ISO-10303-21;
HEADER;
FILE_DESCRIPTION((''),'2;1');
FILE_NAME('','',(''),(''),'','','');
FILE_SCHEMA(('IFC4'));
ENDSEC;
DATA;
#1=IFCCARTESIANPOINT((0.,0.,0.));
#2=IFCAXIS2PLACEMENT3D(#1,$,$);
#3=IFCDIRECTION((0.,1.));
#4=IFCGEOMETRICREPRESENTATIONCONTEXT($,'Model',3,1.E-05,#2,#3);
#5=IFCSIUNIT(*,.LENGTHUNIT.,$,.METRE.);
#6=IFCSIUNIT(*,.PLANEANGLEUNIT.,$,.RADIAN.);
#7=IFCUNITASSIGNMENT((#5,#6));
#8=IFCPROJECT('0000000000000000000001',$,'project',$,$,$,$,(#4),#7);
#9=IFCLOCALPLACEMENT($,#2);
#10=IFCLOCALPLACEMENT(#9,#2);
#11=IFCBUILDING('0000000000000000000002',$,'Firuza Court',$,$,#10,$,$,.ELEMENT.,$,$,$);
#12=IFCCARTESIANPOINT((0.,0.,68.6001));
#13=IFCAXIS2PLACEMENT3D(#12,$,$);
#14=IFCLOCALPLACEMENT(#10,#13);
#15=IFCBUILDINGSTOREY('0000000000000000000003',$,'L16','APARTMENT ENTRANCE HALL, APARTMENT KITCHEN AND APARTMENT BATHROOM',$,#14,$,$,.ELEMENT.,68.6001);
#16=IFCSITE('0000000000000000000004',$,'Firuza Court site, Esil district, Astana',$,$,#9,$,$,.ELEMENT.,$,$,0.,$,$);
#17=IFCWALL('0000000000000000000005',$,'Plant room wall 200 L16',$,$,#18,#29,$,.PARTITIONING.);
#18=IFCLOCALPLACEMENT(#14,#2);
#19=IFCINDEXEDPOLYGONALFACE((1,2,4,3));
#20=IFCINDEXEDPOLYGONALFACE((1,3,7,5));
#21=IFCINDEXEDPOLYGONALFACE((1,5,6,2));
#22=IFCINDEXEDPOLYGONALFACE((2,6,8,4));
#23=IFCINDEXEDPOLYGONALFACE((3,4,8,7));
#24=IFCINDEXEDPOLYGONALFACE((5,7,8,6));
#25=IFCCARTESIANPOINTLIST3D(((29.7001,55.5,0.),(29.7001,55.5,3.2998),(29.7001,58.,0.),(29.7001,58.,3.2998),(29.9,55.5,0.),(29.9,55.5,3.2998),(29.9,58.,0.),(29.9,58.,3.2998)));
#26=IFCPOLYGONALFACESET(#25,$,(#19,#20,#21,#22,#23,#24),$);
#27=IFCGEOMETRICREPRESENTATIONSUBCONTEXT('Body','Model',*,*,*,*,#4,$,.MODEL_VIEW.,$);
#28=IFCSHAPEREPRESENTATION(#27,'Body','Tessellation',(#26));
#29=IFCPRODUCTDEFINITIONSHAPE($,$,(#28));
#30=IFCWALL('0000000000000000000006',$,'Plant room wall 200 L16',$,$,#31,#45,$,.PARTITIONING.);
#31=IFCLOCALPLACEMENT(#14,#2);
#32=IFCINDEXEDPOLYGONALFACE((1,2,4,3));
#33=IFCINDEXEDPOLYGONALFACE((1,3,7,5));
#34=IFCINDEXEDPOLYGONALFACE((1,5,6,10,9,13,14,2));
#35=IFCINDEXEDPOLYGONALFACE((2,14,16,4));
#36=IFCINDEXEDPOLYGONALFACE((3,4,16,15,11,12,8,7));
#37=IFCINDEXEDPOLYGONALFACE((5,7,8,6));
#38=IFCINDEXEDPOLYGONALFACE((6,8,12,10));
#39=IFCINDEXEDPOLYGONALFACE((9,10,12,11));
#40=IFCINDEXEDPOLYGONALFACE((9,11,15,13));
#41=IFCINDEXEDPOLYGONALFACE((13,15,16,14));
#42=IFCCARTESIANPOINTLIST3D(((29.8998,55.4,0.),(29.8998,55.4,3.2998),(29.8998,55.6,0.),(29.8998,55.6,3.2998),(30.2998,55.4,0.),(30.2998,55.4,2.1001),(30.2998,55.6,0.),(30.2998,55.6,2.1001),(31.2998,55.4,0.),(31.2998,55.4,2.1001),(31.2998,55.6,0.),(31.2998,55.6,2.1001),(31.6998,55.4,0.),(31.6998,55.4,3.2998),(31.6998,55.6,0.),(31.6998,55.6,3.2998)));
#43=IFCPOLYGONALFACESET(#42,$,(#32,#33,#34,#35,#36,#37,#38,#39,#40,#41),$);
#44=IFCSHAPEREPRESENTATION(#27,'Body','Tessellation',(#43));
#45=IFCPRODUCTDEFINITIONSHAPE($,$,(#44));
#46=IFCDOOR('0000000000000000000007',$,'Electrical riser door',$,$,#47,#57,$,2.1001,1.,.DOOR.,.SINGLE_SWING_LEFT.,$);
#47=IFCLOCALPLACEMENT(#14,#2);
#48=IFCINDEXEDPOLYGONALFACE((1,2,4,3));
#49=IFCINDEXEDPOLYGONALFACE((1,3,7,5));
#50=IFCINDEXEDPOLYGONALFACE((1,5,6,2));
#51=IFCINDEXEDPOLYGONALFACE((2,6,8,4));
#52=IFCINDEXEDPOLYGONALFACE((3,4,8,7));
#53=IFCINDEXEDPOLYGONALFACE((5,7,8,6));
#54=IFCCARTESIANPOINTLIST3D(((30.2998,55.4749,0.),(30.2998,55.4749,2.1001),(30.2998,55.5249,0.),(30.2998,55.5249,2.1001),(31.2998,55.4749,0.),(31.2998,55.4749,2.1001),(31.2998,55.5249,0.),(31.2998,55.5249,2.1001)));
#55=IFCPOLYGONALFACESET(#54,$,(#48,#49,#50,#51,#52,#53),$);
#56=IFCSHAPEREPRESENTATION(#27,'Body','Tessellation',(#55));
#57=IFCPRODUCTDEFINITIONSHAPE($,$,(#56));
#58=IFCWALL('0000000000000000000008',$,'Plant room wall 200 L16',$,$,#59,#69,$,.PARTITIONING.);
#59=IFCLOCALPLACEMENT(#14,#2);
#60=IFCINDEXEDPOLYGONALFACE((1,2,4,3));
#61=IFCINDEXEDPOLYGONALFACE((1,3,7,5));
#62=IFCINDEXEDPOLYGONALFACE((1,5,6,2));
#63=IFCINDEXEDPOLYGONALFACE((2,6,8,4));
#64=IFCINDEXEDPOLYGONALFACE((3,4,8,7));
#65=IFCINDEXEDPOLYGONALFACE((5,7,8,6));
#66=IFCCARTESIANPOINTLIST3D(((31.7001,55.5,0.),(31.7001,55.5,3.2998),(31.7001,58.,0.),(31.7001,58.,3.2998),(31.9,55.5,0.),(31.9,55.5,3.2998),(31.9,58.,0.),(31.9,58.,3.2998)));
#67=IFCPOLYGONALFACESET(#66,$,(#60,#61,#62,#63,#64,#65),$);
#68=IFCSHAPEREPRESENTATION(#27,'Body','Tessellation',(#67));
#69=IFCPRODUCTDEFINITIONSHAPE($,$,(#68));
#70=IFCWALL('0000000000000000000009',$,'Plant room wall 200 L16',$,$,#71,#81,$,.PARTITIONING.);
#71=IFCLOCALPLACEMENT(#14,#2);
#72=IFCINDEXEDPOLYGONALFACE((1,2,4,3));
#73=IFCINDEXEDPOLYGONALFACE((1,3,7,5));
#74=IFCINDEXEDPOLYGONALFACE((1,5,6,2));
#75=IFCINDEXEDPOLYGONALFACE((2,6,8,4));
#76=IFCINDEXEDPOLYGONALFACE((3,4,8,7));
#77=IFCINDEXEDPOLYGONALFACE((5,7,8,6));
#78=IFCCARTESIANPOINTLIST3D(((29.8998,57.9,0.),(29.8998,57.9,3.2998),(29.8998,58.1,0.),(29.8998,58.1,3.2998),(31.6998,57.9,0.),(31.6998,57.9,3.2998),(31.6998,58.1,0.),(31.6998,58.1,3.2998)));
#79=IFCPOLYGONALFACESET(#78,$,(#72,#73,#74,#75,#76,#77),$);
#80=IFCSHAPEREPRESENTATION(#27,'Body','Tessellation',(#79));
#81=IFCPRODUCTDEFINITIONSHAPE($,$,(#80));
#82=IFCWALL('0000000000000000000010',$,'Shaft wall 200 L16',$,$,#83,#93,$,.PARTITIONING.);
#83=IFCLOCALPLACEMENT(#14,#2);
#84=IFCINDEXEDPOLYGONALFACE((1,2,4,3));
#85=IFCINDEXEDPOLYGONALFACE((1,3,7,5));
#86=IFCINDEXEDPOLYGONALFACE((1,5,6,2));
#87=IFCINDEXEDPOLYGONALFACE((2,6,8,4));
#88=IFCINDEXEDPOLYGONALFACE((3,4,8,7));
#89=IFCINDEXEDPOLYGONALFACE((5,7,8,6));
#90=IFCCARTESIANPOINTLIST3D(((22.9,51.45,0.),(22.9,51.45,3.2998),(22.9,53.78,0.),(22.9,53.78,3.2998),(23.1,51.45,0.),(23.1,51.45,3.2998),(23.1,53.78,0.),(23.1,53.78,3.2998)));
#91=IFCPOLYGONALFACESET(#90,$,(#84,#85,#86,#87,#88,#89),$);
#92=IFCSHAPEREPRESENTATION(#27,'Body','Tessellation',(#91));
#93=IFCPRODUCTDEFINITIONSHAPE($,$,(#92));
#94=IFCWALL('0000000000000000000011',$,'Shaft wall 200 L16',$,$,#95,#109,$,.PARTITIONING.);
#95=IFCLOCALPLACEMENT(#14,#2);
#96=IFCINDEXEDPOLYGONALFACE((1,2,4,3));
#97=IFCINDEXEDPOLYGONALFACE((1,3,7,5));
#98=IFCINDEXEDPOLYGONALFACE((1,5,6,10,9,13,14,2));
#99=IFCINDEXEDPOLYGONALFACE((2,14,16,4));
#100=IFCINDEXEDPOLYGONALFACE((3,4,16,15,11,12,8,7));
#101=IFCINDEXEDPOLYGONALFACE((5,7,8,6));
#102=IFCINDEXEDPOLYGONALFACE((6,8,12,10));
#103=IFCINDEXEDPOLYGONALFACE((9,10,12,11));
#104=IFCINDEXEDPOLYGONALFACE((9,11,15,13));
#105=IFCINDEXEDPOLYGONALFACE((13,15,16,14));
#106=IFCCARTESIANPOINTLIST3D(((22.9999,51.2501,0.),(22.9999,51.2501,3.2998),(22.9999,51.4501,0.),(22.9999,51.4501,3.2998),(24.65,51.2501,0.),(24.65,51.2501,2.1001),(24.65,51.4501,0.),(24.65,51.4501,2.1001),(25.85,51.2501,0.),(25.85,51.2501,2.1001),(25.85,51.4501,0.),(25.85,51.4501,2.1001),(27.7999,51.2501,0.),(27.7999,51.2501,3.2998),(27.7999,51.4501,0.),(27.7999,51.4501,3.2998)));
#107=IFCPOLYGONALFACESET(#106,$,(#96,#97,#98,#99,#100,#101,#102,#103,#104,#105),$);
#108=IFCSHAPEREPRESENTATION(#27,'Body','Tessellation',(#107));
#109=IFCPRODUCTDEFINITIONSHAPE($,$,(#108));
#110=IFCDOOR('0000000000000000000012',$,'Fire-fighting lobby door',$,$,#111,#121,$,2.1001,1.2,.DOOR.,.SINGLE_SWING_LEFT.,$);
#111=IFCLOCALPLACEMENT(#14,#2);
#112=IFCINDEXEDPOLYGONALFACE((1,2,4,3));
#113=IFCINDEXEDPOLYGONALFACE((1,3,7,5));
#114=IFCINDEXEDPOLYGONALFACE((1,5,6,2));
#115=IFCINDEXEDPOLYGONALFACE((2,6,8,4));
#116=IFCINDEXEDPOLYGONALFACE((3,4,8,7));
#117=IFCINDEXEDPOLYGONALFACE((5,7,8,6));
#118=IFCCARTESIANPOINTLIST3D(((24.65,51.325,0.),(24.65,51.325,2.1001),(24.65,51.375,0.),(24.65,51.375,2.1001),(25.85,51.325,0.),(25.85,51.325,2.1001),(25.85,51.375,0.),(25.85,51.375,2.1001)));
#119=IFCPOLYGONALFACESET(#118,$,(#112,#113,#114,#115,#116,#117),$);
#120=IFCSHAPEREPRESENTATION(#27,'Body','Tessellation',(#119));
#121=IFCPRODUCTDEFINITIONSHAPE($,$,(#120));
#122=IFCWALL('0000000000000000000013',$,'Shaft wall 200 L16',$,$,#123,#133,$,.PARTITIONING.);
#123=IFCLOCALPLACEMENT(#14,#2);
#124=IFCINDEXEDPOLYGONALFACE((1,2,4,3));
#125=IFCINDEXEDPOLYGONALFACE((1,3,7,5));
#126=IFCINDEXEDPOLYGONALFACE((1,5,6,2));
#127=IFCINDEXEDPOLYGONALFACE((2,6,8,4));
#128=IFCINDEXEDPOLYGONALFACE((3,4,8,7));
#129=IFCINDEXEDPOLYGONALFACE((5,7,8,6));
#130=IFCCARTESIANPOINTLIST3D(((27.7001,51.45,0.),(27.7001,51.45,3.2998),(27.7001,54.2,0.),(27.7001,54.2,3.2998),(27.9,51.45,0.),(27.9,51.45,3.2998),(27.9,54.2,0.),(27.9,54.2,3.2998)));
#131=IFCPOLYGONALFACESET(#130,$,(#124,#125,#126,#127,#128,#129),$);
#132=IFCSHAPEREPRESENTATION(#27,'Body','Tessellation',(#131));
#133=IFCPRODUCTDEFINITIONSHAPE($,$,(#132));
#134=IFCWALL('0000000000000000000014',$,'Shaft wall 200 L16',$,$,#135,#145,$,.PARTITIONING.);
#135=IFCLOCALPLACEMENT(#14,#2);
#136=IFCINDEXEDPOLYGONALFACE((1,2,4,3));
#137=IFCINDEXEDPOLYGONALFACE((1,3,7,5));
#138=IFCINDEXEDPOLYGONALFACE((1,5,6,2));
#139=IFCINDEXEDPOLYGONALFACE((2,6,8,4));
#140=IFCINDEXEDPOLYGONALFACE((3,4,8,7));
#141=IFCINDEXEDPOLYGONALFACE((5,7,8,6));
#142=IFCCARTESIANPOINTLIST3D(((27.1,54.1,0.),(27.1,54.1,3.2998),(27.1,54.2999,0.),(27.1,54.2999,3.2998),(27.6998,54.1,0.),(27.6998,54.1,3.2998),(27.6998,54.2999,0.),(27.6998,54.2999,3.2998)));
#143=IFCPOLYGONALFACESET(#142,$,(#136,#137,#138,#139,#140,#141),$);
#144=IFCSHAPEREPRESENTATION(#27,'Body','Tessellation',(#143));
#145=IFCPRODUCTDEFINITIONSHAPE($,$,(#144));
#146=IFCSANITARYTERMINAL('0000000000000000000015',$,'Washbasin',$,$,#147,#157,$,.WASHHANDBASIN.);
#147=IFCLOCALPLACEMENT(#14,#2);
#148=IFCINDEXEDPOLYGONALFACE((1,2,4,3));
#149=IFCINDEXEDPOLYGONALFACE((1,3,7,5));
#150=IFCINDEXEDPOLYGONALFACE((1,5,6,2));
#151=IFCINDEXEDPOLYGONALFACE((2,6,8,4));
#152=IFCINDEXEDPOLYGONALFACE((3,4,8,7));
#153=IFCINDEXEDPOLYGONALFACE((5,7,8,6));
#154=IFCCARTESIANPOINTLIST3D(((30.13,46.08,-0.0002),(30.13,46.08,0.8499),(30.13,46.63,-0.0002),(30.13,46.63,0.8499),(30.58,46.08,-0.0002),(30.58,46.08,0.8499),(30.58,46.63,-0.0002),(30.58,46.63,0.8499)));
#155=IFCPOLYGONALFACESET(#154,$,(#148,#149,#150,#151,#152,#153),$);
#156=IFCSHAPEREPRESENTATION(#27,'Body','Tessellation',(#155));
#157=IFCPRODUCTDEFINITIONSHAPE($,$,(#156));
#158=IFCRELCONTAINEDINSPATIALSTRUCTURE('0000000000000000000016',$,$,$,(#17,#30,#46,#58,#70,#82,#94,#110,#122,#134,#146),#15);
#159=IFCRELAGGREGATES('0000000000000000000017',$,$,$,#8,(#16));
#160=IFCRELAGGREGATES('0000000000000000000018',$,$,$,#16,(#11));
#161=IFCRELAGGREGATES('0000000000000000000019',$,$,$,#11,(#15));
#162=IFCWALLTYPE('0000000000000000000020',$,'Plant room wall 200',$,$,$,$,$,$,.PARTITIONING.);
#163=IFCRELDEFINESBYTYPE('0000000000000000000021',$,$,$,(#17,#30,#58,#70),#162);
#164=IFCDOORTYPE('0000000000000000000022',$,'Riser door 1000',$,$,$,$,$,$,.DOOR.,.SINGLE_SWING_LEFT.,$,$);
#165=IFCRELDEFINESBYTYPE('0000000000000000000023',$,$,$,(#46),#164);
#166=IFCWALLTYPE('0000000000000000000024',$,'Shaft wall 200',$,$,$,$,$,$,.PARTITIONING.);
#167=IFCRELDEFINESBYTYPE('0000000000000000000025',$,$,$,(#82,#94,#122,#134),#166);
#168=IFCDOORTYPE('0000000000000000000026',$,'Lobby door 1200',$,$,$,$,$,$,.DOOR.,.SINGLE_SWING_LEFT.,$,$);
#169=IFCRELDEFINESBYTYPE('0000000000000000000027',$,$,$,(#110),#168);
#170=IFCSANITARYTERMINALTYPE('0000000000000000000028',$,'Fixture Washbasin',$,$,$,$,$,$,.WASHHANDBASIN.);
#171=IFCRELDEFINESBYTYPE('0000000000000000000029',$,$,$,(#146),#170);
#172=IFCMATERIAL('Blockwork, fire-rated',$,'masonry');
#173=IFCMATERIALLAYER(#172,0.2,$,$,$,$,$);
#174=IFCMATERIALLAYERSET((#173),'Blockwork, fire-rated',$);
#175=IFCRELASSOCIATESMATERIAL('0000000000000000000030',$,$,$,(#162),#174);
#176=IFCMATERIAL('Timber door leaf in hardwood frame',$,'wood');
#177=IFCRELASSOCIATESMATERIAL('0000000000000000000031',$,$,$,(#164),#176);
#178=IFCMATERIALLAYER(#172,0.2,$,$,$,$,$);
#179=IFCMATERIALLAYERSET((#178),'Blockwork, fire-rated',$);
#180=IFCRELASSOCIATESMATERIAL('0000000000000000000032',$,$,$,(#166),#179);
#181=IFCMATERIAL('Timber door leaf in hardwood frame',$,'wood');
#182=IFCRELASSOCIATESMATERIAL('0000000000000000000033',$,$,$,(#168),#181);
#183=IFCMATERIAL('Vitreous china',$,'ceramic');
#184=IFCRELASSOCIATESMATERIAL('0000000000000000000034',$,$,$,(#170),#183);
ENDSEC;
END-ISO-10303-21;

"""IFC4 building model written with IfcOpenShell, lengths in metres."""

from ifc_helpers import new_model, si_unit, direction, frame, frame_2d, origin, origin_2d, place, context, subcontext, project, spatial, rectangle, extrude, material, layer, layer_set, type_object, element, fill, save


model = new_model("IFC4")

# Units and contexts
model_context = context("Model", 3, precision=1e-05, world=origin(), true_north=direction((0.0, 1.0)))
body_context = subcontext(model_context, "Body", "Model", "MODEL_VIEW")
ifc_project = project(units=[si_unit("LENGTHUNIT", "METRE"), si_unit("PLANEANGLEUNIT", "RADIAN")], contexts=[model_context])

# Site, building, storey
site_placement = place(None, origin())
site = spatial("IfcSite", under=ifc_project, at=site_placement, Name="Firuza Court site, Esil district, Astana", CompositionType="ELEMENT", RefElevation=0.0)
building_placement = place(site_placement, origin())
building = spatial("IfcBuilding", under=site, at=building_placement, Name="Firuza Court", CompositionType="ELEMENT")
storey_placement = place(building_placement, frame((0.0, 0.0, 68.6001)))
storey = spatial("IfcBuildingStorey", under=building, at=storey_placement, Name="L16", Description="APARTMENT ENTRANCE HALL, APARTMENT KITCHEN AND APARTMENT BATHROOM", CompositionType="ELEMENT", Elevation=68.6001)

# Wall
ifc_material_1 = material(Name="Blockwork, fire-rated", Category="masonry")
ifc_layer_1 = layer(ifc_material_1, 0.2)
ifc_layer_set_1 = layer_set([ifc_layer_1], Name="Blockwork, fire-rated")
wall_type_1 = type_object("IfcWallType", Name="Plant room wall 200", PredefinedType="PARTITIONING", material=ifc_layer_set_1)
wall_1_placement = place(storey_placement, frame((29.8, 55.5, 0.0), z_axis=(0.0, 0.0, 1.0), x_axis=(0.0, 1.0, 0.0)))
element("IfcWall", 1, at=wall_1_placement, inside=storey, type_object=wall_type_1, Name="Plant room wall 200 L16", PredefinedType="PARTITIONING", context=body_context, shape_type="SweptSolid", body=[
    extrude(rectangle(XDim=2.5, YDim=0.2, at=frame_2d((1.25, 0.0))), origin(), (0.0, 0.0, 1.0), 3.2998),
])

# Wall, opening, door
wall_2_placement = place(storey_placement, frame((29.8999, 55.5, 0.0), z_axis=(0.0, 0.0, 1.0), x_axis=(1.0, 0.0, 0.0)))
wall_2 = element("IfcWall", 2, at=wall_2_placement, inside=storey, type_object=wall_type_1, Name="Plant room wall 200 L16", PredefinedType="PARTITIONING", context=body_context, shape_type="SweptSolid", body=[
    extrude(rectangle(XDim=1.8, YDim=0.2, at=frame_2d((0.8999, 0.0))), origin(), (0.0, 0.0, 1.0), 3.2998),
])
opening_1_placement = place(wall_2_placement, frame((0.3999, 0.0, 0.0)))
opening_1 = element("IfcOpeningElement", 3, at=opening_1_placement, cuts=wall_2, PredefinedType="OPENING", context=body_context, shape_type="SweptSolid", body=[
    extrude(rectangle(XDim=1.0, YDim=2.1001, at=frame_2d((0.5, 1.05))), frame((0.0, 0.1118, 0.0), z_axis=(0.0, -1.0, 0.0), x_axis=(1.0, 0.0, 0.0)), (0.0, 0.0, 1.0), 0.2239),
])
ifc_material_2 = material(Name="Timber door leaf in hardwood frame", Category="wood")
door_type_1 = type_object("IfcDoorType", Name="Riser door 1000", OperationType="SINGLE_SWING_LEFT", PredefinedType="DOOR", material=ifc_material_2)
door_1_placement = place(opening_1_placement, origin())
door_1 = element("IfcDoor", 4, at=door_1_placement, inside=storey, type_object=door_type_1, Name="Electrical riser door", OperationType="SINGLE_SWING_LEFT", OverallHeight=2.1001, OverallWidth=1.0, PredefinedType="DOOR", context=body_context, shape_type="SweptSolid", body=[
    extrude(rectangle(XDim=1.0, YDim=2.1001, at=frame_2d((0.5, 1.05))), frame((0.0, 0.0249, 0.0), z_axis=(0.0, -1.0, 0.0), x_axis=(1.0, 0.0, 0.0)), (0.0, 0.0, 1.0), 0.05),
])
fill(opening_1, door_1)

# Walls
wall_3_placement = place(storey_placement, frame((31.8, 55.5, 0.0), z_axis=(0.0, 0.0, 1.0), x_axis=(0.0, 1.0, 0.0)))
element("IfcWall", 5, at=wall_3_placement, inside=storey, type_object=wall_type_1, Name="Plant room wall 200 L16", PredefinedType="PARTITIONING", context=body_context, shape_type="SweptSolid", body=[
    extrude(rectangle(XDim=2.5, YDim=0.2, at=frame_2d((1.25, 0.0))), origin(), (0.0, 0.0, 1.0), 3.2998),
])
wall_4_placement = place(storey_placement, frame((29.8999, 58.0, 0.0), z_axis=(0.0, 0.0, 1.0), x_axis=(1.0, 0.0, 0.0)))
element("IfcWall", 6, at=wall_4_placement, inside=storey, type_object=wall_type_1, Name="Plant room wall 200 L16", PredefinedType="PARTITIONING", context=body_context, shape_type="SweptSolid", body=[
    extrude(rectangle(XDim=1.8, YDim=0.2, at=frame_2d((0.8999, 0.0))), origin(), (0.0, 0.0, 1.0), 3.2998),
])
ifc_layer_2 = layer(ifc_material_1, 0.2)
ifc_layer_set_2 = layer_set([ifc_layer_2], Name="Blockwork, fire-rated")
wall_type_2 = type_object("IfcWallType", Name="Shaft wall 200", PredefinedType="PARTITIONING", material=ifc_layer_set_2)
wall_5_placement = place(storey_placement, frame((23.0, 51.45, 0.0), z_axis=(0.0, 0.0, 1.0), x_axis=(0.0, 1.0, 0.0)))
element("IfcWall", 7, at=wall_5_placement, inside=storey, type_object=wall_type_2, Name="Shaft wall 200 L16", PredefinedType="PARTITIONING", context=body_context, shape_type="SweptSolid", body=[
    extrude(rectangle(XDim=2.3301, YDim=0.2, at=frame_2d((1.165, 0.0))), origin(), (0.0, 0.0, 1.0), 3.2998),
])

# Wall, opening, door
wall_6_placement = place(storey_placement, frame((23.0, 51.3501, 0.0), z_axis=(0.0, 0.0, 1.0), x_axis=(1.0, 0.0, 0.0)))
wall_6 = element("IfcWall", 8, at=wall_6_placement, inside=storey, type_object=wall_type_2, Name="Shaft wall 200 L16", PredefinedType="PARTITIONING", context=body_context, shape_type="SweptSolid", body=[
    extrude(rectangle(XDim=4.8, YDim=0.2, at=frame_2d((2.3999, 0.0))), origin(), (0.0, 0.0, 1.0), 3.2998),
])
opening_2_placement = place(wall_6_placement, frame((1.6499, 0.0, 0.0)))
opening_2 = element("IfcOpeningElement", 9, at=opening_2_placement, cuts=wall_6, PredefinedType="OPENING", context=body_context, shape_type="SweptSolid", body=[
    extrude(rectangle(XDim=1.2, YDim=2.1001, at=frame_2d((0.6001, 1.05))), frame((0.0, 0.1118, 0.0), z_axis=(0.0, -1.0, 0.0), x_axis=(1.0, 0.0, 0.0)), (0.0, 0.0, 1.0), 0.2239),
])
ifc_material_3 = material(Name="Timber door leaf in hardwood frame", Category="wood")
door_type_2 = type_object("IfcDoorType", Name="Lobby door 1200", OperationType="SINGLE_SWING_LEFT", PredefinedType="DOOR", material=ifc_material_3)
door_2_placement = place(opening_2_placement, origin())
door_2 = element("IfcDoor", 10, at=door_2_placement, inside=storey, type_object=door_type_2, Name="Fire-fighting lobby door", OperationType="SINGLE_SWING_LEFT", OverallHeight=2.1001, OverallWidth=1.2, PredefinedType="DOOR", context=body_context, shape_type="SweptSolid", body=[
    extrude(rectangle(XDim=1.2, YDim=2.1001, at=frame_2d((0.6001, 1.05))), frame((0.0, 0.0249, 0.0), z_axis=(0.0, -1.0, 0.0), x_axis=(1.0, 0.0, 0.0)), (0.0, 0.0, 1.0), 0.05),
])
fill(opening_2, door_2)

# Walls
wall_7_placement = place(storey_placement, frame((27.8, 51.45, 0.0), z_axis=(0.0, 0.0, 1.0), x_axis=(0.0, 1.0, 0.0)))
element("IfcWall", 11, at=wall_7_placement, inside=storey, type_object=wall_type_2, Name="Shaft wall 200 L16", PredefinedType="PARTITIONING", context=body_context, shape_type="SweptSolid", body=[
    extrude(rectangle(XDim=2.75, YDim=0.2, at=frame_2d((1.375, 0.0))), origin(), (0.0, 0.0, 1.0), 3.2998),
])
wall_8_placement = place(storey_placement, frame((27.1001, 54.2, 0.0), z_axis=(0.0, 0.0, 1.0), x_axis=(1.0, 0.0, 0.0)))
element("IfcWall", 12, at=wall_8_placement, inside=storey, type_object=wall_type_2, Name="Shaft wall 200 L16", PredefinedType="PARTITIONING", context=body_context, shape_type="SweptSolid", body=[
    extrude(rectangle(XDim=0.5999, YDim=0.2, at=frame_2d((0.2998, 0.0))), origin(), (0.0, 0.0, 1.0), 3.2998),
])

# Sanitary terminal
ifc_material_4 = material(Name="Vitreous china", Category="ceramic")
sanitary_terminal_type = type_object("IfcSanitaryTerminalType", Name="Fixture Washbasin", PredefinedType="WASHHANDBASIN", material=ifc_material_4)
sanitary_terminal_placement = place(storey_placement, frame((30.355, 46.355, -0.0002), z_axis=(0.0, 0.0, 1.0), x_axis=(1.0, 0.0, 0.0)))
element("IfcSanitaryTerminal", 13, at=sanitary_terminal_placement, inside=storey, type_object=sanitary_terminal_type, Name="Washbasin", PredefinedType="WASHHANDBASIN", context=body_context, shape_type="SweptSolid", body=[
    extrude(rectangle(XDim=0.45, YDim=0.55, at=origin_2d()), origin(), (0.0, 0.0, 1.0), 0.8501),
])

save(model, "model.ifc")
